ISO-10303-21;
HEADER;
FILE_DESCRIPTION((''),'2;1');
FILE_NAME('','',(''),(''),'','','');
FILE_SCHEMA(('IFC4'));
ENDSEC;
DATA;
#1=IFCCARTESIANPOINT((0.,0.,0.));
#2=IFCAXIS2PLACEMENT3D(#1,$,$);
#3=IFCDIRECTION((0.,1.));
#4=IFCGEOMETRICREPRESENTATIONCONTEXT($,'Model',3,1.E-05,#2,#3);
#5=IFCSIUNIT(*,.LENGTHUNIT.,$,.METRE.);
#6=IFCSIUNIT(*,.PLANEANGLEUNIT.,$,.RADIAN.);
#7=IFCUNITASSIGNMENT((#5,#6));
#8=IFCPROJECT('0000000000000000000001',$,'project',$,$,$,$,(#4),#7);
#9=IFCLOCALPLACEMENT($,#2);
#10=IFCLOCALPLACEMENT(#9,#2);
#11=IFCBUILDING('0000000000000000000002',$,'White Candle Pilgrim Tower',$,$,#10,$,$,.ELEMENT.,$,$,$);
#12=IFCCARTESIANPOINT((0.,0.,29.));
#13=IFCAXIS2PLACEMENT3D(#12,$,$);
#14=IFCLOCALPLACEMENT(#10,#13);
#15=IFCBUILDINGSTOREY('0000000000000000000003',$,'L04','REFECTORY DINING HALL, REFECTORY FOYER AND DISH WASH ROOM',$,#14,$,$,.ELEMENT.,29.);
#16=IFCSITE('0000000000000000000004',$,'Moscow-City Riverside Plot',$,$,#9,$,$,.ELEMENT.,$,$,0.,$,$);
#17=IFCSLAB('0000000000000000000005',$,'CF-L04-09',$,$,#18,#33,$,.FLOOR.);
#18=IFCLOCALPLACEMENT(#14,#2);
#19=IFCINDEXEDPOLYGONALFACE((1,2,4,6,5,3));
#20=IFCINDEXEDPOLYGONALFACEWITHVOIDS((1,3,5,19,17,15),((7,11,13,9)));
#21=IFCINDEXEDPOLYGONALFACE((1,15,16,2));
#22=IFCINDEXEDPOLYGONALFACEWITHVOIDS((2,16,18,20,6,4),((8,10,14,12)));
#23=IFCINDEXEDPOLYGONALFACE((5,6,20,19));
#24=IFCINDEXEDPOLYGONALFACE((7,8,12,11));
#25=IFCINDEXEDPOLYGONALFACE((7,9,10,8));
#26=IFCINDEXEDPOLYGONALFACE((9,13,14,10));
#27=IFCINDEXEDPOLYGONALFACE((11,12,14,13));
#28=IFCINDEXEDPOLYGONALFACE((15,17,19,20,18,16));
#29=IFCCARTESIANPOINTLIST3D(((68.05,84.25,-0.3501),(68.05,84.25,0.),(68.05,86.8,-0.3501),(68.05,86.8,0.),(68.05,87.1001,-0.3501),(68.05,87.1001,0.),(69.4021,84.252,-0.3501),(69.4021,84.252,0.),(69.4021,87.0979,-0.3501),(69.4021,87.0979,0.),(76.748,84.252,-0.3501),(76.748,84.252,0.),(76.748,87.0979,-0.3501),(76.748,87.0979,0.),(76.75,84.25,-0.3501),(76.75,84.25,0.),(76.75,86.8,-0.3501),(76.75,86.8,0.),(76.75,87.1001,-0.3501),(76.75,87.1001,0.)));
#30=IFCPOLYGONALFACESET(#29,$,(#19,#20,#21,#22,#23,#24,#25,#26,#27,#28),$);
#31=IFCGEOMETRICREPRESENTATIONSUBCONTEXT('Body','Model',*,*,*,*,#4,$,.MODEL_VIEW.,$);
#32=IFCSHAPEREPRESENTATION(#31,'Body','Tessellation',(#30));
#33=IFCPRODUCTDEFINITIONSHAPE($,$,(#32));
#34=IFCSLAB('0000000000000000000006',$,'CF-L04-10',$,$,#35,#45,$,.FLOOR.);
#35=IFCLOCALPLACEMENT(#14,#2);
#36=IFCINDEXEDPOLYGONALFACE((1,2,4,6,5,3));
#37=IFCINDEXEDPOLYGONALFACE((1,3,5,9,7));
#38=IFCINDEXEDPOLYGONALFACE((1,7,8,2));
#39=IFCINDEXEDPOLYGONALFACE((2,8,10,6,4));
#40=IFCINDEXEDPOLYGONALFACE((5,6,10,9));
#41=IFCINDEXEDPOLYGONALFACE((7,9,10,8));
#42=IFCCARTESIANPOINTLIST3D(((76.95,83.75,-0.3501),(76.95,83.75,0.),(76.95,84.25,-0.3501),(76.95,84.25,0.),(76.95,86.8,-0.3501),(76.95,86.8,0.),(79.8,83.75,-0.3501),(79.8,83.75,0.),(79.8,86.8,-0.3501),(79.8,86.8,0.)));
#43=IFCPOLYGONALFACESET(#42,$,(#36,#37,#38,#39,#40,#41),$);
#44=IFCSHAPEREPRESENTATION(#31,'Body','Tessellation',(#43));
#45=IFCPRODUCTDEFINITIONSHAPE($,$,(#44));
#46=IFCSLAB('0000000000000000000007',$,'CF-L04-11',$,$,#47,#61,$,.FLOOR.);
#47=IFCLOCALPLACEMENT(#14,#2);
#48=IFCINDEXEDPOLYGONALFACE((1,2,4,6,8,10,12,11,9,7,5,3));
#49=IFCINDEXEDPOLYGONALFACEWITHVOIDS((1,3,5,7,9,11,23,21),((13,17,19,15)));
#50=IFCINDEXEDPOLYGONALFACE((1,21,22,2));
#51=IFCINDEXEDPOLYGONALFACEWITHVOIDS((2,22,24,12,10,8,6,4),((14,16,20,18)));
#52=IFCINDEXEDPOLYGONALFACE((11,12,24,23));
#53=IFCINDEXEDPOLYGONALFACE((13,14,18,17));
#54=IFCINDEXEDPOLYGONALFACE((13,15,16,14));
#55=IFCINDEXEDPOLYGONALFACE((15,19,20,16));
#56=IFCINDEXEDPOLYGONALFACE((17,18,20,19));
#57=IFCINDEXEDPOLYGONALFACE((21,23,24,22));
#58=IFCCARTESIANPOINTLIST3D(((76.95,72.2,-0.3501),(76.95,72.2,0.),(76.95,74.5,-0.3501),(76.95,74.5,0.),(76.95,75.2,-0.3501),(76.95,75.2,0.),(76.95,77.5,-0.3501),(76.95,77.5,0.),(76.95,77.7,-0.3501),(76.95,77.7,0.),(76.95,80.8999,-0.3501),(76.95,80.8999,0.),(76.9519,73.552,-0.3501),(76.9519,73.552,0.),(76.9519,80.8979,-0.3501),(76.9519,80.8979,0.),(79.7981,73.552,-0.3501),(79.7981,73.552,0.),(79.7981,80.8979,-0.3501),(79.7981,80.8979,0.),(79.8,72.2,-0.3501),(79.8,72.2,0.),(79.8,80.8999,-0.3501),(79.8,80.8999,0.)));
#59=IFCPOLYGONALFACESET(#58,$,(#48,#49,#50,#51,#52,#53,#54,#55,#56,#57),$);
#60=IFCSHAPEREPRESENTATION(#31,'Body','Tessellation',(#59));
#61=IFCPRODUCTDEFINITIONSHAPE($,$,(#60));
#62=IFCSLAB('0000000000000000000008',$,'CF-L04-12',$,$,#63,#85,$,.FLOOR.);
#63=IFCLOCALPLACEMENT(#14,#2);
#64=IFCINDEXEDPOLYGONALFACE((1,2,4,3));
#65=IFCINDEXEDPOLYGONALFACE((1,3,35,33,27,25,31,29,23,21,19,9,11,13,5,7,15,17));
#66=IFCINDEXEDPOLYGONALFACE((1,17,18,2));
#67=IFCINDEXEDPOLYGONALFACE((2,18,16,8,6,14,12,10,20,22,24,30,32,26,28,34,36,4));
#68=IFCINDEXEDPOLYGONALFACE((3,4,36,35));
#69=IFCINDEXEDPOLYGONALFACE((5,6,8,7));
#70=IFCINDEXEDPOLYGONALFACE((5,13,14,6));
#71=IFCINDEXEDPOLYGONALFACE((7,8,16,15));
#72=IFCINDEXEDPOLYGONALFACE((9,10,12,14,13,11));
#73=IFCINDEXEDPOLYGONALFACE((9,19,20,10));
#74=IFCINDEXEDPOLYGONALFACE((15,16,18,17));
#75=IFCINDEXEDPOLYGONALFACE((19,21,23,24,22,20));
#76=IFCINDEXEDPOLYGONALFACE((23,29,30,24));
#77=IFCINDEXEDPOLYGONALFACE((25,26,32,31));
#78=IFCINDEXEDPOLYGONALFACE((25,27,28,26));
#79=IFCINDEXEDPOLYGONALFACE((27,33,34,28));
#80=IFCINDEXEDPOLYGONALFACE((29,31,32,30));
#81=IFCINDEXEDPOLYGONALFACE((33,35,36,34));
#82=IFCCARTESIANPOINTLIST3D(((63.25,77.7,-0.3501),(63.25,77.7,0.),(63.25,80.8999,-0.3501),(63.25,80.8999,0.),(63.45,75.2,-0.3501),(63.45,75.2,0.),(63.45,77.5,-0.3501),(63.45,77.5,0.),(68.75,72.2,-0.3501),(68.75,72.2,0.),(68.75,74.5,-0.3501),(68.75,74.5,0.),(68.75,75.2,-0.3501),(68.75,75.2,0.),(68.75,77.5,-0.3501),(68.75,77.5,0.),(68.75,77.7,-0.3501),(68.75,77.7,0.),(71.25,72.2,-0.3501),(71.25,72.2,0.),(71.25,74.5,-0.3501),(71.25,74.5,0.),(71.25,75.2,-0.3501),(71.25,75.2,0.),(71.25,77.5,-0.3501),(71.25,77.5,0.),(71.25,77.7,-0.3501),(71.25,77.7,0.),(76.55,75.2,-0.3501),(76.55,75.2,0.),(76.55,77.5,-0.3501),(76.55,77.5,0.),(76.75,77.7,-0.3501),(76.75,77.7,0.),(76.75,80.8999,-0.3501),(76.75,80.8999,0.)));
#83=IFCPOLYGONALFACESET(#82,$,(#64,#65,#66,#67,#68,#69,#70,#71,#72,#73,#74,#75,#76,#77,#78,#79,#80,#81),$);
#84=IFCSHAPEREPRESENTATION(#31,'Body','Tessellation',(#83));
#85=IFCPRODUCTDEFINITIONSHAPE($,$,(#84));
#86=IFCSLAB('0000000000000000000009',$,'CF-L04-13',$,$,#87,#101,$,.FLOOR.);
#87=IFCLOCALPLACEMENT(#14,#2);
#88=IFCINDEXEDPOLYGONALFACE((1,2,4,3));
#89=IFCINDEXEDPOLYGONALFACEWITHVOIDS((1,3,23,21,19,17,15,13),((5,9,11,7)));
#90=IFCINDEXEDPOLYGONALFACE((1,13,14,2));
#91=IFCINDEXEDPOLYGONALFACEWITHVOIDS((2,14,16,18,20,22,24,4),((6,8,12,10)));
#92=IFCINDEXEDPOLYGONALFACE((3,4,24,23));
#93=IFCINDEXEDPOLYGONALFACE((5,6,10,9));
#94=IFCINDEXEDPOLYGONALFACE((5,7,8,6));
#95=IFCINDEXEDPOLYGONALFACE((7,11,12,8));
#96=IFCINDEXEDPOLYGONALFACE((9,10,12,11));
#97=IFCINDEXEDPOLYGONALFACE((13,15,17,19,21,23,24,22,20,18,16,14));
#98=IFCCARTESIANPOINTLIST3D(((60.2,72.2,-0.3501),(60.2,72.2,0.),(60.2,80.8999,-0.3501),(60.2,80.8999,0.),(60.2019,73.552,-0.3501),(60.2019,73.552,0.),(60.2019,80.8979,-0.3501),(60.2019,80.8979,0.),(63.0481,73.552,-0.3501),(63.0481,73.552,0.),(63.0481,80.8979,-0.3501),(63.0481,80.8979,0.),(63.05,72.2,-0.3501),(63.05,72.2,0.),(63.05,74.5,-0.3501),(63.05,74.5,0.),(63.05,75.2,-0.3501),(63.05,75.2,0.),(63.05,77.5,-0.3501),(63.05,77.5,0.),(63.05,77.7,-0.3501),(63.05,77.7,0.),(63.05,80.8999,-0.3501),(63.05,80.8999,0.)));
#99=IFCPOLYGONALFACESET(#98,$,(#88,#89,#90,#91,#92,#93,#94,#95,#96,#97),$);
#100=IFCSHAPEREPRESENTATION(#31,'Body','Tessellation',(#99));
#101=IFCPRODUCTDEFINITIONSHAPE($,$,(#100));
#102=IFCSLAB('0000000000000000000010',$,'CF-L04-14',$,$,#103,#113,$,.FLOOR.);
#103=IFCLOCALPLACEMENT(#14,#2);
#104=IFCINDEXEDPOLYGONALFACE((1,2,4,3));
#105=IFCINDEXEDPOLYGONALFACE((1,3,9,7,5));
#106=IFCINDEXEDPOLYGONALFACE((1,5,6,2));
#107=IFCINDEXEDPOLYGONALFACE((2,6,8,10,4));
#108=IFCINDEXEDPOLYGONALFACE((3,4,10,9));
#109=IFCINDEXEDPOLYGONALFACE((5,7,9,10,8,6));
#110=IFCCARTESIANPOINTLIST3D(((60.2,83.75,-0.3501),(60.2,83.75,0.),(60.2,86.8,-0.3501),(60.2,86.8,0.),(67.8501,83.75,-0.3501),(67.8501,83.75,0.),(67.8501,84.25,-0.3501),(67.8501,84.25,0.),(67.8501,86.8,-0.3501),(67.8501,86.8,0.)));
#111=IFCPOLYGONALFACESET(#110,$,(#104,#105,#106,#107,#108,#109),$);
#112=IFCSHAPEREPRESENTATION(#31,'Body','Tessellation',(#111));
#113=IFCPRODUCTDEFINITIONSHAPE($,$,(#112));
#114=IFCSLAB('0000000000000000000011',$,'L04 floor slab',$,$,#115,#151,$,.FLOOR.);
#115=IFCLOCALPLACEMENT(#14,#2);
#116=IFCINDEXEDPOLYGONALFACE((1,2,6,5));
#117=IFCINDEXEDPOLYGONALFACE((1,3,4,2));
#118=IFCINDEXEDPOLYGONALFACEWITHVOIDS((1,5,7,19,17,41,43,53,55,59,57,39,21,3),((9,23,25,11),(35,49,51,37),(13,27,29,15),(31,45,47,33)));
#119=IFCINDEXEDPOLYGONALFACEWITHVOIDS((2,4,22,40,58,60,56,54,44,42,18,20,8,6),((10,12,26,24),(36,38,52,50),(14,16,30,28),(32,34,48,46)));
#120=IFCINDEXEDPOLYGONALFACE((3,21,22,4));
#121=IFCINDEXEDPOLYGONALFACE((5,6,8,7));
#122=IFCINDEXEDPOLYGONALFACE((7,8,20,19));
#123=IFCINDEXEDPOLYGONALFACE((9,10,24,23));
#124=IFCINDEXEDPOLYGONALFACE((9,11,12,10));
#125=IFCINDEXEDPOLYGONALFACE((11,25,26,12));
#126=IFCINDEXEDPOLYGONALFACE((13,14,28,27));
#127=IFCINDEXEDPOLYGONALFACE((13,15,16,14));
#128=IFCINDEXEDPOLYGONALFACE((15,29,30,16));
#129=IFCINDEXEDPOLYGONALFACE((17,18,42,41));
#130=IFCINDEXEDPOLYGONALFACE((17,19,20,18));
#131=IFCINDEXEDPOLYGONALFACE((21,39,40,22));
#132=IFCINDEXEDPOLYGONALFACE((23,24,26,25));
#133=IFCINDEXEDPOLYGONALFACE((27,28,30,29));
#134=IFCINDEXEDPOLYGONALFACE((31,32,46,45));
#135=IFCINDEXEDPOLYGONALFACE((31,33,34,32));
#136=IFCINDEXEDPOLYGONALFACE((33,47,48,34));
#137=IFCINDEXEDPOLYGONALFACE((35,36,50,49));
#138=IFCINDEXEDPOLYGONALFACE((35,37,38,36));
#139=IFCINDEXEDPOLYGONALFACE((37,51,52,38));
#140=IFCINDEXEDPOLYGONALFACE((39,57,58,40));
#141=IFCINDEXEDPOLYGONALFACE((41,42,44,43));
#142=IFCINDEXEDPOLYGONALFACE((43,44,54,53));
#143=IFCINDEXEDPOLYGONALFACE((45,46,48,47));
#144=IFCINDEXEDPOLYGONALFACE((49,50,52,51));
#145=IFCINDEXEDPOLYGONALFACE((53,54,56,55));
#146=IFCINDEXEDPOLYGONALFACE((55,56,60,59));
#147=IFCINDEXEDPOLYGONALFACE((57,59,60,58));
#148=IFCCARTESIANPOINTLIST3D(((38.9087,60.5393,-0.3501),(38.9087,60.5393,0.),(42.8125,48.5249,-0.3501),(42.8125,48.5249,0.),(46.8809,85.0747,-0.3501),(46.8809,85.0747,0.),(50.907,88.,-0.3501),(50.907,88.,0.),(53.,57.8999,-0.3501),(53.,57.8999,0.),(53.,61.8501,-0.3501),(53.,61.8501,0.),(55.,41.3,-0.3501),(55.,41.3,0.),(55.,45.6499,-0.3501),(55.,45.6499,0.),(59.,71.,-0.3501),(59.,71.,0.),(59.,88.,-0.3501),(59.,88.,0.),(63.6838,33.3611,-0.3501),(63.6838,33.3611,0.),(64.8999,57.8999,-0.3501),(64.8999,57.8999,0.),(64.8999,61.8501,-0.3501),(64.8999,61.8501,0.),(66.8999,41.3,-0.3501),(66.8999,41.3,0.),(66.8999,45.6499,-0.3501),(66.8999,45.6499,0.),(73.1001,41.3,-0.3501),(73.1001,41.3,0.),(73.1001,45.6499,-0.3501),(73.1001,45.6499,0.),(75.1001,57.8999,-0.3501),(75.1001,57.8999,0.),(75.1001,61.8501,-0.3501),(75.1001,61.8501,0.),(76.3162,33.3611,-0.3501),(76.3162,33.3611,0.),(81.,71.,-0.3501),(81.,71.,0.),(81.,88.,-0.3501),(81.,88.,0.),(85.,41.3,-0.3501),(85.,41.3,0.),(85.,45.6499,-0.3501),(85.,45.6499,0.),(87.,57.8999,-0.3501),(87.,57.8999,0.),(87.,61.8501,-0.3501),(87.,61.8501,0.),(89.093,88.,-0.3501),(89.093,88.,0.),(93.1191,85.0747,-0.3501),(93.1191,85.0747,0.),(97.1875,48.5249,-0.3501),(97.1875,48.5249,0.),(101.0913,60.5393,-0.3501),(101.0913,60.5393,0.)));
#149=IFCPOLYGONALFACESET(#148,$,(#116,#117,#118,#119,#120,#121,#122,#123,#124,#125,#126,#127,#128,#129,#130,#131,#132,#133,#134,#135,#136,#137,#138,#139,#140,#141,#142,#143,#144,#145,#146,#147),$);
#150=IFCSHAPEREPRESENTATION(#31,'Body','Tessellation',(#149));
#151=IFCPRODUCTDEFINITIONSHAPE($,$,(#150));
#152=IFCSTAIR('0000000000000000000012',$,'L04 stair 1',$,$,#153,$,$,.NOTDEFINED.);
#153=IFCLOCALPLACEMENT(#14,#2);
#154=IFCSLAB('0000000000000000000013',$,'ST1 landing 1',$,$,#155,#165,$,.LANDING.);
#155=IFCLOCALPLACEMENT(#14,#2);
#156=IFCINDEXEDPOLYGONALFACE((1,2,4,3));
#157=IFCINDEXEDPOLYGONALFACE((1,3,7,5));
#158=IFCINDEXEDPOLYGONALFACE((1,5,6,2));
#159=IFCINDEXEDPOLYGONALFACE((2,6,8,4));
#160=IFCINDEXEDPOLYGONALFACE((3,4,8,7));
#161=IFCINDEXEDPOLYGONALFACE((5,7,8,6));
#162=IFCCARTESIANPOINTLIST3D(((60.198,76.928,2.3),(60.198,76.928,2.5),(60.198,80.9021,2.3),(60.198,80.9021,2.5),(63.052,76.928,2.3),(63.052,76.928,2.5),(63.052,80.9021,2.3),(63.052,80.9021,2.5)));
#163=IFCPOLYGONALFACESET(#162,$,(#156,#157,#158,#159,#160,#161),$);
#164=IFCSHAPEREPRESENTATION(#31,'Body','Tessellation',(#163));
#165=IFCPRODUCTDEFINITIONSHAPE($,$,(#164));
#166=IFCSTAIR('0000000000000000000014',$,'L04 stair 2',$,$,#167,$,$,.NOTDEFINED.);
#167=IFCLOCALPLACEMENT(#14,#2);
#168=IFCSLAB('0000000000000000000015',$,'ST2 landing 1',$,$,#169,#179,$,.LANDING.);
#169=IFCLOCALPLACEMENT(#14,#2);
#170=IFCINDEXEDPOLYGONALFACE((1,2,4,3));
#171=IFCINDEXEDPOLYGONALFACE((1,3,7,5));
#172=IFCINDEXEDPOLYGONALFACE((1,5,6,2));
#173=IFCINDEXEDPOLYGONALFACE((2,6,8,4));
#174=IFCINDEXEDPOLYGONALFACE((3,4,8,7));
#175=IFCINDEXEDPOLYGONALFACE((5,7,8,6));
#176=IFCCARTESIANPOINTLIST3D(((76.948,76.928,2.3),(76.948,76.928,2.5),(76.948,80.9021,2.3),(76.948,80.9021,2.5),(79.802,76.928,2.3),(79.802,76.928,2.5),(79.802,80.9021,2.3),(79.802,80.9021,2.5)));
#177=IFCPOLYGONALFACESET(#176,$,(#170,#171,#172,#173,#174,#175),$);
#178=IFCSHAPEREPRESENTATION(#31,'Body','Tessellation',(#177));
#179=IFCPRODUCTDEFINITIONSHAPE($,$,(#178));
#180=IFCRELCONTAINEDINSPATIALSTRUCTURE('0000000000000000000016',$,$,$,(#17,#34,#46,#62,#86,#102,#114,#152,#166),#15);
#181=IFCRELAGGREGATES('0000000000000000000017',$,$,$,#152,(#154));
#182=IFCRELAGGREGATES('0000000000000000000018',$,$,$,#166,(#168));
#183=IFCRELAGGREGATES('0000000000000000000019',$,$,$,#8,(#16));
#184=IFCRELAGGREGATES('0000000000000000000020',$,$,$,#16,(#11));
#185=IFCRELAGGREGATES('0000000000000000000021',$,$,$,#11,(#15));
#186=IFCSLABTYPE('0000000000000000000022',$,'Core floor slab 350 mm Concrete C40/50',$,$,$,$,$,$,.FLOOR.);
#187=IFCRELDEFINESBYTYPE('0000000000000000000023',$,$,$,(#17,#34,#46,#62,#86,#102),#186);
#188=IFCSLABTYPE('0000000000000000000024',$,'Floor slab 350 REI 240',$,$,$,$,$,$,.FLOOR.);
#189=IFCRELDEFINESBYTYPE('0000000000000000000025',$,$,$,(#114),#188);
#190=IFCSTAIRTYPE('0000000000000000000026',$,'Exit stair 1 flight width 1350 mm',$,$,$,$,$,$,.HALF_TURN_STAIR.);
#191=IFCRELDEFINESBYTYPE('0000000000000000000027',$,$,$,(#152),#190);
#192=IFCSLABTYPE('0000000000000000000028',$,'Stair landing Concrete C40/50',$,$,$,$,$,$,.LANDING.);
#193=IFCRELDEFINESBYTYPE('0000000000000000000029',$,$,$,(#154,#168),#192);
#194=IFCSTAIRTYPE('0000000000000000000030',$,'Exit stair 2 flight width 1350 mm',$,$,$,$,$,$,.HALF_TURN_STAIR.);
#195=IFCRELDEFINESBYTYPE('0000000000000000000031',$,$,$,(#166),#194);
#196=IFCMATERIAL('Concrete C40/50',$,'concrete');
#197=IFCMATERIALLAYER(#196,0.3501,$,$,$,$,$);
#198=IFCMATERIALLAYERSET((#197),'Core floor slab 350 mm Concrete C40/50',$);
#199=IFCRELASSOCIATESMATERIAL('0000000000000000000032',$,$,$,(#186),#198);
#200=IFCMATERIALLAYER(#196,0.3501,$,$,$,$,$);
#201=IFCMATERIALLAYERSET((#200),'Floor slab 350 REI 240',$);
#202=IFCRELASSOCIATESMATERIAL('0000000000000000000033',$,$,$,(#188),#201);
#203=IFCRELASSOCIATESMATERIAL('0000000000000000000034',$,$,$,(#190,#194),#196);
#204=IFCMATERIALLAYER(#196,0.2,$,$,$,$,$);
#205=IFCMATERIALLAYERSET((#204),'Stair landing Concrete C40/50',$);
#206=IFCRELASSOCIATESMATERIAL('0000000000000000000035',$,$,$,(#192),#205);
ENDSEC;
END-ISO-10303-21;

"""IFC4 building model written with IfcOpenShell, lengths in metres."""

from ifc_helpers import new_model, si_unit, direction, frame, origin, place, context, subcontext, project, spatial, polyline, outline, extrude, material, layer, layer_set, type_object, element, aggregate, save


model = new_model("IFC4")

# Units and contexts
model_context = context("Model", 3, precision=1e-05, world=origin(), true_north=direction((0.0, 1.0)))
body_context = subcontext(model_context, "Body", "Model", "MODEL_VIEW")
ifc_project = project(units=[si_unit("LENGTHUNIT", "METRE"), si_unit("PLANEANGLEUNIT", "RADIAN")], contexts=[model_context])

# Site, building, storey
site_placement = place(None, origin())
site = spatial("IfcSite", under=ifc_project, at=site_placement, Name="Moscow-City Riverside Plot", CompositionType="ELEMENT", RefElevation=0.0)
building_placement = place(site_placement, origin())
building = spatial("IfcBuilding", under=site, at=building_placement, Name="White Candle Pilgrim Tower", CompositionType="ELEMENT")
storey_placement = place(building_placement, frame((0.0, 0.0, 29.0)))
storey = spatial("IfcBuildingStorey", under=building, at=storey_placement, Name="L04", Description="REFECTORY DINING HALL, REFECTORY FOYER AND DISH WASH ROOM", CompositionType="ELEMENT", Elevation=29.0)

# Slabs
ifc_material_1 = material(Name="Concrete C40/50", Category="concrete")
ifc_layer_1 = layer(ifc_material_1, 0.3501)
ifc_layer_set_1 = layer_set([ifc_layer_1], Name="Core floor slab 350 mm Concrete C40/50")
slab_type_1 = type_object("IfcSlabType", Name="Core floor slab 350 mm Concrete C40/50", PredefinedType="FLOOR", material=ifc_layer_set_1)
slab_1_placement = place(storey_placement, frame((0.0, 0.0, -0.3501)))
element("IfcSlab", 1, at=slab_1_placement, inside=storey, type_object=slab_type_1, Name="CF-L04-09", PredefinedType="FLOOR", context=body_context, shape_type="SweptSolid", body=[
    extrude(outline(polyline([(76.75, 86.8), (76.75, 84.25), (68.05, 84.25), (68.05, 86.8), (68.05, 87.1001), (76.75, 87.1001), (76.75, 86.8)]), holes=[polyline([(69.4021, 87.0979), (69.4021, 84.252), (76.748, 84.252), (76.748, 87.0979), (69.4021, 87.0979)])]), origin(), (0.0, 0.0, 1.0), 0.3501),
])
slab_2_placement = place(storey_placement, frame((0.0, 0.0, -0.3501)))
element("IfcSlab", 2, at=slab_2_placement, inside=storey, type_object=slab_type_1, Name="CF-L04-10", PredefinedType="FLOOR", context=body_context, shape_type="SweptSolid", body=[
    extrude(outline(polyline([(79.8, 86.8), (79.8, 83.75), (76.95, 83.75), (76.95, 84.25), (76.95, 86.8), (79.8, 86.8)])), origin(), (0.0, 0.0, 1.0), 0.3501),
])
slab_3_placement = place(storey_placement, frame((0.0, 0.0, -0.3501)))
element("IfcSlab", 3, at=slab_3_placement, inside=storey, type_object=slab_type_1, Name="CF-L04-11", PredefinedType="FLOOR", context=body_context, shape_type="SweptSolid", body=[
    extrude(outline(polyline([(79.8, 72.2), (76.95, 72.2), (76.95, 74.5), (76.95, 75.2), (76.95, 77.5), (76.95, 77.7), (76.95, 80.8999), (79.8, 80.8999), (79.8, 72.2)]), holes=[polyline([(76.9519, 73.552), (79.7981, 73.552), (79.7981, 80.8979), (76.9519, 80.8979), (76.9519, 73.552)])]), origin(), (0.0, 0.0, 1.0), 0.3501),
])
slab_4_placement = place(storey_placement, frame((0.0, 0.0, -0.3501)))
element("IfcSlab", 4, at=slab_4_placement, inside=storey, type_object=slab_type_1, Name="CF-L04-12", PredefinedType="FLOOR", context=body_context, shape_type="SweptSolid", body=[
    extrude(outline(polyline([(68.75, 72.2), (68.75, 74.5), (68.75, 75.2), (63.45, 75.2), (63.45, 77.5), (68.75, 77.5), (68.75, 77.7), (63.25, 77.7), (63.25, 80.8999), (76.75, 80.8999), (76.75, 77.7), (71.25, 77.7), (71.25, 77.5), (76.55, 77.5), (76.55, 75.2), (71.25, 75.2), (71.25, 74.5), (71.25, 72.2), (68.75, 72.2)])), origin(), (0.0, 0.0, 1.0), 0.3501),
])
slab_5_placement = place(storey_placement, frame((0.0, 0.0, -0.3501)))
element("IfcSlab", 5, at=slab_5_placement, inside=storey, type_object=slab_type_1, Name="CF-L04-13", PredefinedType="FLOOR", context=body_context, shape_type="SweptSolid", body=[
    extrude(outline(polyline([(60.2, 72.2), (60.2, 80.8999), (63.05, 80.8999), (63.05, 77.7), (63.05, 77.5), (63.05, 75.2), (63.05, 74.5), (63.05, 72.2), (60.2, 72.2)]), holes=[polyline([(60.2019, 80.8979), (60.2019, 73.552), (63.0481, 73.552), (63.0481, 80.8979), (60.2019, 80.8979)])]), origin(), (0.0, 0.0, 1.0), 0.3501),
])
slab_6_placement = place(storey_placement, frame((0.0, 0.0, -0.3501)))
element("IfcSlab", 6, at=slab_6_placement, inside=storey, type_object=slab_type_1, Name="CF-L04-14", PredefinedType="FLOOR", context=body_context, shape_type="SweptSolid", body=[
    extrude(outline(polyline([(60.2, 86.8), (67.8501, 86.8), (67.8501, 84.25), (67.8501, 83.75), (60.2, 83.75), (60.2, 86.8)])), origin(), (0.0, 0.0, 1.0), 0.3501),
])
ifc_layer_2 = layer(ifc_material_1, 0.3501)
ifc_layer_set_2 = layer_set([ifc_layer_2], Name="Floor slab 350 REI 240")
slab_type_2 = type_object("IfcSlabType", Name="Floor slab 350 REI 240", PredefinedType="FLOOR", material=ifc_layer_set_2)
slab_7_placement = place(storey_placement, frame((0.0, 0.0, -0.3501)))
element("IfcSlab", 7, at=slab_7_placement, inside=storey, type_object=slab_type_2, Name="L04 floor slab", PredefinedType="FLOOR", context=body_context, shape_type="SweptSolid", body=[
    extrude(outline(polyline([(63.6838, 33.3611), (76.3162, 33.3611), (97.1875, 48.5249), (101.0913, 60.5393), (93.1191, 85.0747), (89.093, 88.0), (81.0, 88.0), (81.0, 71.0), (59.0, 71.0), (59.0, 88.0), (50.907, 88.0), (46.8809, 85.0747), (38.9087, 60.5393), (42.8125, 48.5249), (63.6838, 33.3611)]), holes=[polyline([(55.0, 41.3), (55.0, 45.6499), (66.8999, 45.6499), (66.8999, 41.3), (55.0, 41.3)]), polyline([(73.1001, 41.3), (73.1001, 45.6499), (85.0, 45.6499), (85.0, 41.3), (73.1001, 41.3)]), polyline([(53.0, 57.8999), (53.0, 61.8501), (64.8999, 61.8501), (64.8999, 57.8999), (53.0, 57.8999)]), polyline([(75.1001, 57.8999), (75.1001, 61.8501), (87.0, 61.8501), (87.0, 57.8999), (75.1001, 57.8999)])]), origin(), (0.0, 0.0, 1.0), 0.3501),
])

# Stairs, slabs
stair_type_1 = type_object("IfcStairType", Name="Exit stair 1 flight width 1350 mm", PredefinedType="HALF_TURN_STAIR", material=ifc_material_1)
stair_1_placement = place(storey_placement, origin())
stair_1 = element("IfcStair", 8, at=stair_1_placement, inside=storey, type_object=stair_type_1, Name="L04 stair 1", PredefinedType="NOTDEFINED")
ifc_layer_3 = layer(ifc_material_1, 0.2)
ifc_layer_set_3 = layer_set([ifc_layer_3], Name="Stair landing Concrete C40/50")
slab_type_3 = type_object("IfcSlabType", Name="Stair landing Concrete C40/50", PredefinedType="LANDING", material=ifc_layer_set_3)
slab_8_placement = place(storey_placement, frame((0.0, 0.0, 2.3)))
slab_8 = element("IfcSlab", 9, at=slab_8_placement, type_object=slab_type_3, Name="ST1 landing 1", PredefinedType="LANDING", context=body_context, shape_type="SweptSolid", body=[
    extrude(outline(polyline([(63.052, 76.928), (60.198, 76.928), (60.198, 80.9021), (63.052, 80.9021), (63.052, 76.928)])), origin(), (0.0, 0.0, 1.0), 0.2),
])
aggregate(stair_1, [slab_8])
stair_type_2 = type_object("IfcStairType", Name="Exit stair 2 flight width 1350 mm", PredefinedType="HALF_TURN_STAIR", material=ifc_material_1)
stair_2_placement = place(storey_placement, origin())
stair_2 = element("IfcStair", 10, at=stair_2_placement, inside=storey, type_object=stair_type_2, Name="L04 stair 2", PredefinedType="NOTDEFINED")
slab_9_placement = place(storey_placement, frame((0.0, 0.0, 2.3)))
slab_9 = element("IfcSlab", 11, at=slab_9_placement, type_object=slab_type_3, Name="ST2 landing 1", PredefinedType="LANDING", context=body_context, shape_type="SweptSolid", body=[
    extrude(outline(polyline([(79.802, 76.928), (76.948, 76.928), (76.948, 80.9021), (79.802, 80.9021), (79.802, 76.928)])), origin(), (0.0, 0.0, 1.0), 0.2),
])
aggregate(stair_2, [slab_9])

save(model, "model.ifc")
